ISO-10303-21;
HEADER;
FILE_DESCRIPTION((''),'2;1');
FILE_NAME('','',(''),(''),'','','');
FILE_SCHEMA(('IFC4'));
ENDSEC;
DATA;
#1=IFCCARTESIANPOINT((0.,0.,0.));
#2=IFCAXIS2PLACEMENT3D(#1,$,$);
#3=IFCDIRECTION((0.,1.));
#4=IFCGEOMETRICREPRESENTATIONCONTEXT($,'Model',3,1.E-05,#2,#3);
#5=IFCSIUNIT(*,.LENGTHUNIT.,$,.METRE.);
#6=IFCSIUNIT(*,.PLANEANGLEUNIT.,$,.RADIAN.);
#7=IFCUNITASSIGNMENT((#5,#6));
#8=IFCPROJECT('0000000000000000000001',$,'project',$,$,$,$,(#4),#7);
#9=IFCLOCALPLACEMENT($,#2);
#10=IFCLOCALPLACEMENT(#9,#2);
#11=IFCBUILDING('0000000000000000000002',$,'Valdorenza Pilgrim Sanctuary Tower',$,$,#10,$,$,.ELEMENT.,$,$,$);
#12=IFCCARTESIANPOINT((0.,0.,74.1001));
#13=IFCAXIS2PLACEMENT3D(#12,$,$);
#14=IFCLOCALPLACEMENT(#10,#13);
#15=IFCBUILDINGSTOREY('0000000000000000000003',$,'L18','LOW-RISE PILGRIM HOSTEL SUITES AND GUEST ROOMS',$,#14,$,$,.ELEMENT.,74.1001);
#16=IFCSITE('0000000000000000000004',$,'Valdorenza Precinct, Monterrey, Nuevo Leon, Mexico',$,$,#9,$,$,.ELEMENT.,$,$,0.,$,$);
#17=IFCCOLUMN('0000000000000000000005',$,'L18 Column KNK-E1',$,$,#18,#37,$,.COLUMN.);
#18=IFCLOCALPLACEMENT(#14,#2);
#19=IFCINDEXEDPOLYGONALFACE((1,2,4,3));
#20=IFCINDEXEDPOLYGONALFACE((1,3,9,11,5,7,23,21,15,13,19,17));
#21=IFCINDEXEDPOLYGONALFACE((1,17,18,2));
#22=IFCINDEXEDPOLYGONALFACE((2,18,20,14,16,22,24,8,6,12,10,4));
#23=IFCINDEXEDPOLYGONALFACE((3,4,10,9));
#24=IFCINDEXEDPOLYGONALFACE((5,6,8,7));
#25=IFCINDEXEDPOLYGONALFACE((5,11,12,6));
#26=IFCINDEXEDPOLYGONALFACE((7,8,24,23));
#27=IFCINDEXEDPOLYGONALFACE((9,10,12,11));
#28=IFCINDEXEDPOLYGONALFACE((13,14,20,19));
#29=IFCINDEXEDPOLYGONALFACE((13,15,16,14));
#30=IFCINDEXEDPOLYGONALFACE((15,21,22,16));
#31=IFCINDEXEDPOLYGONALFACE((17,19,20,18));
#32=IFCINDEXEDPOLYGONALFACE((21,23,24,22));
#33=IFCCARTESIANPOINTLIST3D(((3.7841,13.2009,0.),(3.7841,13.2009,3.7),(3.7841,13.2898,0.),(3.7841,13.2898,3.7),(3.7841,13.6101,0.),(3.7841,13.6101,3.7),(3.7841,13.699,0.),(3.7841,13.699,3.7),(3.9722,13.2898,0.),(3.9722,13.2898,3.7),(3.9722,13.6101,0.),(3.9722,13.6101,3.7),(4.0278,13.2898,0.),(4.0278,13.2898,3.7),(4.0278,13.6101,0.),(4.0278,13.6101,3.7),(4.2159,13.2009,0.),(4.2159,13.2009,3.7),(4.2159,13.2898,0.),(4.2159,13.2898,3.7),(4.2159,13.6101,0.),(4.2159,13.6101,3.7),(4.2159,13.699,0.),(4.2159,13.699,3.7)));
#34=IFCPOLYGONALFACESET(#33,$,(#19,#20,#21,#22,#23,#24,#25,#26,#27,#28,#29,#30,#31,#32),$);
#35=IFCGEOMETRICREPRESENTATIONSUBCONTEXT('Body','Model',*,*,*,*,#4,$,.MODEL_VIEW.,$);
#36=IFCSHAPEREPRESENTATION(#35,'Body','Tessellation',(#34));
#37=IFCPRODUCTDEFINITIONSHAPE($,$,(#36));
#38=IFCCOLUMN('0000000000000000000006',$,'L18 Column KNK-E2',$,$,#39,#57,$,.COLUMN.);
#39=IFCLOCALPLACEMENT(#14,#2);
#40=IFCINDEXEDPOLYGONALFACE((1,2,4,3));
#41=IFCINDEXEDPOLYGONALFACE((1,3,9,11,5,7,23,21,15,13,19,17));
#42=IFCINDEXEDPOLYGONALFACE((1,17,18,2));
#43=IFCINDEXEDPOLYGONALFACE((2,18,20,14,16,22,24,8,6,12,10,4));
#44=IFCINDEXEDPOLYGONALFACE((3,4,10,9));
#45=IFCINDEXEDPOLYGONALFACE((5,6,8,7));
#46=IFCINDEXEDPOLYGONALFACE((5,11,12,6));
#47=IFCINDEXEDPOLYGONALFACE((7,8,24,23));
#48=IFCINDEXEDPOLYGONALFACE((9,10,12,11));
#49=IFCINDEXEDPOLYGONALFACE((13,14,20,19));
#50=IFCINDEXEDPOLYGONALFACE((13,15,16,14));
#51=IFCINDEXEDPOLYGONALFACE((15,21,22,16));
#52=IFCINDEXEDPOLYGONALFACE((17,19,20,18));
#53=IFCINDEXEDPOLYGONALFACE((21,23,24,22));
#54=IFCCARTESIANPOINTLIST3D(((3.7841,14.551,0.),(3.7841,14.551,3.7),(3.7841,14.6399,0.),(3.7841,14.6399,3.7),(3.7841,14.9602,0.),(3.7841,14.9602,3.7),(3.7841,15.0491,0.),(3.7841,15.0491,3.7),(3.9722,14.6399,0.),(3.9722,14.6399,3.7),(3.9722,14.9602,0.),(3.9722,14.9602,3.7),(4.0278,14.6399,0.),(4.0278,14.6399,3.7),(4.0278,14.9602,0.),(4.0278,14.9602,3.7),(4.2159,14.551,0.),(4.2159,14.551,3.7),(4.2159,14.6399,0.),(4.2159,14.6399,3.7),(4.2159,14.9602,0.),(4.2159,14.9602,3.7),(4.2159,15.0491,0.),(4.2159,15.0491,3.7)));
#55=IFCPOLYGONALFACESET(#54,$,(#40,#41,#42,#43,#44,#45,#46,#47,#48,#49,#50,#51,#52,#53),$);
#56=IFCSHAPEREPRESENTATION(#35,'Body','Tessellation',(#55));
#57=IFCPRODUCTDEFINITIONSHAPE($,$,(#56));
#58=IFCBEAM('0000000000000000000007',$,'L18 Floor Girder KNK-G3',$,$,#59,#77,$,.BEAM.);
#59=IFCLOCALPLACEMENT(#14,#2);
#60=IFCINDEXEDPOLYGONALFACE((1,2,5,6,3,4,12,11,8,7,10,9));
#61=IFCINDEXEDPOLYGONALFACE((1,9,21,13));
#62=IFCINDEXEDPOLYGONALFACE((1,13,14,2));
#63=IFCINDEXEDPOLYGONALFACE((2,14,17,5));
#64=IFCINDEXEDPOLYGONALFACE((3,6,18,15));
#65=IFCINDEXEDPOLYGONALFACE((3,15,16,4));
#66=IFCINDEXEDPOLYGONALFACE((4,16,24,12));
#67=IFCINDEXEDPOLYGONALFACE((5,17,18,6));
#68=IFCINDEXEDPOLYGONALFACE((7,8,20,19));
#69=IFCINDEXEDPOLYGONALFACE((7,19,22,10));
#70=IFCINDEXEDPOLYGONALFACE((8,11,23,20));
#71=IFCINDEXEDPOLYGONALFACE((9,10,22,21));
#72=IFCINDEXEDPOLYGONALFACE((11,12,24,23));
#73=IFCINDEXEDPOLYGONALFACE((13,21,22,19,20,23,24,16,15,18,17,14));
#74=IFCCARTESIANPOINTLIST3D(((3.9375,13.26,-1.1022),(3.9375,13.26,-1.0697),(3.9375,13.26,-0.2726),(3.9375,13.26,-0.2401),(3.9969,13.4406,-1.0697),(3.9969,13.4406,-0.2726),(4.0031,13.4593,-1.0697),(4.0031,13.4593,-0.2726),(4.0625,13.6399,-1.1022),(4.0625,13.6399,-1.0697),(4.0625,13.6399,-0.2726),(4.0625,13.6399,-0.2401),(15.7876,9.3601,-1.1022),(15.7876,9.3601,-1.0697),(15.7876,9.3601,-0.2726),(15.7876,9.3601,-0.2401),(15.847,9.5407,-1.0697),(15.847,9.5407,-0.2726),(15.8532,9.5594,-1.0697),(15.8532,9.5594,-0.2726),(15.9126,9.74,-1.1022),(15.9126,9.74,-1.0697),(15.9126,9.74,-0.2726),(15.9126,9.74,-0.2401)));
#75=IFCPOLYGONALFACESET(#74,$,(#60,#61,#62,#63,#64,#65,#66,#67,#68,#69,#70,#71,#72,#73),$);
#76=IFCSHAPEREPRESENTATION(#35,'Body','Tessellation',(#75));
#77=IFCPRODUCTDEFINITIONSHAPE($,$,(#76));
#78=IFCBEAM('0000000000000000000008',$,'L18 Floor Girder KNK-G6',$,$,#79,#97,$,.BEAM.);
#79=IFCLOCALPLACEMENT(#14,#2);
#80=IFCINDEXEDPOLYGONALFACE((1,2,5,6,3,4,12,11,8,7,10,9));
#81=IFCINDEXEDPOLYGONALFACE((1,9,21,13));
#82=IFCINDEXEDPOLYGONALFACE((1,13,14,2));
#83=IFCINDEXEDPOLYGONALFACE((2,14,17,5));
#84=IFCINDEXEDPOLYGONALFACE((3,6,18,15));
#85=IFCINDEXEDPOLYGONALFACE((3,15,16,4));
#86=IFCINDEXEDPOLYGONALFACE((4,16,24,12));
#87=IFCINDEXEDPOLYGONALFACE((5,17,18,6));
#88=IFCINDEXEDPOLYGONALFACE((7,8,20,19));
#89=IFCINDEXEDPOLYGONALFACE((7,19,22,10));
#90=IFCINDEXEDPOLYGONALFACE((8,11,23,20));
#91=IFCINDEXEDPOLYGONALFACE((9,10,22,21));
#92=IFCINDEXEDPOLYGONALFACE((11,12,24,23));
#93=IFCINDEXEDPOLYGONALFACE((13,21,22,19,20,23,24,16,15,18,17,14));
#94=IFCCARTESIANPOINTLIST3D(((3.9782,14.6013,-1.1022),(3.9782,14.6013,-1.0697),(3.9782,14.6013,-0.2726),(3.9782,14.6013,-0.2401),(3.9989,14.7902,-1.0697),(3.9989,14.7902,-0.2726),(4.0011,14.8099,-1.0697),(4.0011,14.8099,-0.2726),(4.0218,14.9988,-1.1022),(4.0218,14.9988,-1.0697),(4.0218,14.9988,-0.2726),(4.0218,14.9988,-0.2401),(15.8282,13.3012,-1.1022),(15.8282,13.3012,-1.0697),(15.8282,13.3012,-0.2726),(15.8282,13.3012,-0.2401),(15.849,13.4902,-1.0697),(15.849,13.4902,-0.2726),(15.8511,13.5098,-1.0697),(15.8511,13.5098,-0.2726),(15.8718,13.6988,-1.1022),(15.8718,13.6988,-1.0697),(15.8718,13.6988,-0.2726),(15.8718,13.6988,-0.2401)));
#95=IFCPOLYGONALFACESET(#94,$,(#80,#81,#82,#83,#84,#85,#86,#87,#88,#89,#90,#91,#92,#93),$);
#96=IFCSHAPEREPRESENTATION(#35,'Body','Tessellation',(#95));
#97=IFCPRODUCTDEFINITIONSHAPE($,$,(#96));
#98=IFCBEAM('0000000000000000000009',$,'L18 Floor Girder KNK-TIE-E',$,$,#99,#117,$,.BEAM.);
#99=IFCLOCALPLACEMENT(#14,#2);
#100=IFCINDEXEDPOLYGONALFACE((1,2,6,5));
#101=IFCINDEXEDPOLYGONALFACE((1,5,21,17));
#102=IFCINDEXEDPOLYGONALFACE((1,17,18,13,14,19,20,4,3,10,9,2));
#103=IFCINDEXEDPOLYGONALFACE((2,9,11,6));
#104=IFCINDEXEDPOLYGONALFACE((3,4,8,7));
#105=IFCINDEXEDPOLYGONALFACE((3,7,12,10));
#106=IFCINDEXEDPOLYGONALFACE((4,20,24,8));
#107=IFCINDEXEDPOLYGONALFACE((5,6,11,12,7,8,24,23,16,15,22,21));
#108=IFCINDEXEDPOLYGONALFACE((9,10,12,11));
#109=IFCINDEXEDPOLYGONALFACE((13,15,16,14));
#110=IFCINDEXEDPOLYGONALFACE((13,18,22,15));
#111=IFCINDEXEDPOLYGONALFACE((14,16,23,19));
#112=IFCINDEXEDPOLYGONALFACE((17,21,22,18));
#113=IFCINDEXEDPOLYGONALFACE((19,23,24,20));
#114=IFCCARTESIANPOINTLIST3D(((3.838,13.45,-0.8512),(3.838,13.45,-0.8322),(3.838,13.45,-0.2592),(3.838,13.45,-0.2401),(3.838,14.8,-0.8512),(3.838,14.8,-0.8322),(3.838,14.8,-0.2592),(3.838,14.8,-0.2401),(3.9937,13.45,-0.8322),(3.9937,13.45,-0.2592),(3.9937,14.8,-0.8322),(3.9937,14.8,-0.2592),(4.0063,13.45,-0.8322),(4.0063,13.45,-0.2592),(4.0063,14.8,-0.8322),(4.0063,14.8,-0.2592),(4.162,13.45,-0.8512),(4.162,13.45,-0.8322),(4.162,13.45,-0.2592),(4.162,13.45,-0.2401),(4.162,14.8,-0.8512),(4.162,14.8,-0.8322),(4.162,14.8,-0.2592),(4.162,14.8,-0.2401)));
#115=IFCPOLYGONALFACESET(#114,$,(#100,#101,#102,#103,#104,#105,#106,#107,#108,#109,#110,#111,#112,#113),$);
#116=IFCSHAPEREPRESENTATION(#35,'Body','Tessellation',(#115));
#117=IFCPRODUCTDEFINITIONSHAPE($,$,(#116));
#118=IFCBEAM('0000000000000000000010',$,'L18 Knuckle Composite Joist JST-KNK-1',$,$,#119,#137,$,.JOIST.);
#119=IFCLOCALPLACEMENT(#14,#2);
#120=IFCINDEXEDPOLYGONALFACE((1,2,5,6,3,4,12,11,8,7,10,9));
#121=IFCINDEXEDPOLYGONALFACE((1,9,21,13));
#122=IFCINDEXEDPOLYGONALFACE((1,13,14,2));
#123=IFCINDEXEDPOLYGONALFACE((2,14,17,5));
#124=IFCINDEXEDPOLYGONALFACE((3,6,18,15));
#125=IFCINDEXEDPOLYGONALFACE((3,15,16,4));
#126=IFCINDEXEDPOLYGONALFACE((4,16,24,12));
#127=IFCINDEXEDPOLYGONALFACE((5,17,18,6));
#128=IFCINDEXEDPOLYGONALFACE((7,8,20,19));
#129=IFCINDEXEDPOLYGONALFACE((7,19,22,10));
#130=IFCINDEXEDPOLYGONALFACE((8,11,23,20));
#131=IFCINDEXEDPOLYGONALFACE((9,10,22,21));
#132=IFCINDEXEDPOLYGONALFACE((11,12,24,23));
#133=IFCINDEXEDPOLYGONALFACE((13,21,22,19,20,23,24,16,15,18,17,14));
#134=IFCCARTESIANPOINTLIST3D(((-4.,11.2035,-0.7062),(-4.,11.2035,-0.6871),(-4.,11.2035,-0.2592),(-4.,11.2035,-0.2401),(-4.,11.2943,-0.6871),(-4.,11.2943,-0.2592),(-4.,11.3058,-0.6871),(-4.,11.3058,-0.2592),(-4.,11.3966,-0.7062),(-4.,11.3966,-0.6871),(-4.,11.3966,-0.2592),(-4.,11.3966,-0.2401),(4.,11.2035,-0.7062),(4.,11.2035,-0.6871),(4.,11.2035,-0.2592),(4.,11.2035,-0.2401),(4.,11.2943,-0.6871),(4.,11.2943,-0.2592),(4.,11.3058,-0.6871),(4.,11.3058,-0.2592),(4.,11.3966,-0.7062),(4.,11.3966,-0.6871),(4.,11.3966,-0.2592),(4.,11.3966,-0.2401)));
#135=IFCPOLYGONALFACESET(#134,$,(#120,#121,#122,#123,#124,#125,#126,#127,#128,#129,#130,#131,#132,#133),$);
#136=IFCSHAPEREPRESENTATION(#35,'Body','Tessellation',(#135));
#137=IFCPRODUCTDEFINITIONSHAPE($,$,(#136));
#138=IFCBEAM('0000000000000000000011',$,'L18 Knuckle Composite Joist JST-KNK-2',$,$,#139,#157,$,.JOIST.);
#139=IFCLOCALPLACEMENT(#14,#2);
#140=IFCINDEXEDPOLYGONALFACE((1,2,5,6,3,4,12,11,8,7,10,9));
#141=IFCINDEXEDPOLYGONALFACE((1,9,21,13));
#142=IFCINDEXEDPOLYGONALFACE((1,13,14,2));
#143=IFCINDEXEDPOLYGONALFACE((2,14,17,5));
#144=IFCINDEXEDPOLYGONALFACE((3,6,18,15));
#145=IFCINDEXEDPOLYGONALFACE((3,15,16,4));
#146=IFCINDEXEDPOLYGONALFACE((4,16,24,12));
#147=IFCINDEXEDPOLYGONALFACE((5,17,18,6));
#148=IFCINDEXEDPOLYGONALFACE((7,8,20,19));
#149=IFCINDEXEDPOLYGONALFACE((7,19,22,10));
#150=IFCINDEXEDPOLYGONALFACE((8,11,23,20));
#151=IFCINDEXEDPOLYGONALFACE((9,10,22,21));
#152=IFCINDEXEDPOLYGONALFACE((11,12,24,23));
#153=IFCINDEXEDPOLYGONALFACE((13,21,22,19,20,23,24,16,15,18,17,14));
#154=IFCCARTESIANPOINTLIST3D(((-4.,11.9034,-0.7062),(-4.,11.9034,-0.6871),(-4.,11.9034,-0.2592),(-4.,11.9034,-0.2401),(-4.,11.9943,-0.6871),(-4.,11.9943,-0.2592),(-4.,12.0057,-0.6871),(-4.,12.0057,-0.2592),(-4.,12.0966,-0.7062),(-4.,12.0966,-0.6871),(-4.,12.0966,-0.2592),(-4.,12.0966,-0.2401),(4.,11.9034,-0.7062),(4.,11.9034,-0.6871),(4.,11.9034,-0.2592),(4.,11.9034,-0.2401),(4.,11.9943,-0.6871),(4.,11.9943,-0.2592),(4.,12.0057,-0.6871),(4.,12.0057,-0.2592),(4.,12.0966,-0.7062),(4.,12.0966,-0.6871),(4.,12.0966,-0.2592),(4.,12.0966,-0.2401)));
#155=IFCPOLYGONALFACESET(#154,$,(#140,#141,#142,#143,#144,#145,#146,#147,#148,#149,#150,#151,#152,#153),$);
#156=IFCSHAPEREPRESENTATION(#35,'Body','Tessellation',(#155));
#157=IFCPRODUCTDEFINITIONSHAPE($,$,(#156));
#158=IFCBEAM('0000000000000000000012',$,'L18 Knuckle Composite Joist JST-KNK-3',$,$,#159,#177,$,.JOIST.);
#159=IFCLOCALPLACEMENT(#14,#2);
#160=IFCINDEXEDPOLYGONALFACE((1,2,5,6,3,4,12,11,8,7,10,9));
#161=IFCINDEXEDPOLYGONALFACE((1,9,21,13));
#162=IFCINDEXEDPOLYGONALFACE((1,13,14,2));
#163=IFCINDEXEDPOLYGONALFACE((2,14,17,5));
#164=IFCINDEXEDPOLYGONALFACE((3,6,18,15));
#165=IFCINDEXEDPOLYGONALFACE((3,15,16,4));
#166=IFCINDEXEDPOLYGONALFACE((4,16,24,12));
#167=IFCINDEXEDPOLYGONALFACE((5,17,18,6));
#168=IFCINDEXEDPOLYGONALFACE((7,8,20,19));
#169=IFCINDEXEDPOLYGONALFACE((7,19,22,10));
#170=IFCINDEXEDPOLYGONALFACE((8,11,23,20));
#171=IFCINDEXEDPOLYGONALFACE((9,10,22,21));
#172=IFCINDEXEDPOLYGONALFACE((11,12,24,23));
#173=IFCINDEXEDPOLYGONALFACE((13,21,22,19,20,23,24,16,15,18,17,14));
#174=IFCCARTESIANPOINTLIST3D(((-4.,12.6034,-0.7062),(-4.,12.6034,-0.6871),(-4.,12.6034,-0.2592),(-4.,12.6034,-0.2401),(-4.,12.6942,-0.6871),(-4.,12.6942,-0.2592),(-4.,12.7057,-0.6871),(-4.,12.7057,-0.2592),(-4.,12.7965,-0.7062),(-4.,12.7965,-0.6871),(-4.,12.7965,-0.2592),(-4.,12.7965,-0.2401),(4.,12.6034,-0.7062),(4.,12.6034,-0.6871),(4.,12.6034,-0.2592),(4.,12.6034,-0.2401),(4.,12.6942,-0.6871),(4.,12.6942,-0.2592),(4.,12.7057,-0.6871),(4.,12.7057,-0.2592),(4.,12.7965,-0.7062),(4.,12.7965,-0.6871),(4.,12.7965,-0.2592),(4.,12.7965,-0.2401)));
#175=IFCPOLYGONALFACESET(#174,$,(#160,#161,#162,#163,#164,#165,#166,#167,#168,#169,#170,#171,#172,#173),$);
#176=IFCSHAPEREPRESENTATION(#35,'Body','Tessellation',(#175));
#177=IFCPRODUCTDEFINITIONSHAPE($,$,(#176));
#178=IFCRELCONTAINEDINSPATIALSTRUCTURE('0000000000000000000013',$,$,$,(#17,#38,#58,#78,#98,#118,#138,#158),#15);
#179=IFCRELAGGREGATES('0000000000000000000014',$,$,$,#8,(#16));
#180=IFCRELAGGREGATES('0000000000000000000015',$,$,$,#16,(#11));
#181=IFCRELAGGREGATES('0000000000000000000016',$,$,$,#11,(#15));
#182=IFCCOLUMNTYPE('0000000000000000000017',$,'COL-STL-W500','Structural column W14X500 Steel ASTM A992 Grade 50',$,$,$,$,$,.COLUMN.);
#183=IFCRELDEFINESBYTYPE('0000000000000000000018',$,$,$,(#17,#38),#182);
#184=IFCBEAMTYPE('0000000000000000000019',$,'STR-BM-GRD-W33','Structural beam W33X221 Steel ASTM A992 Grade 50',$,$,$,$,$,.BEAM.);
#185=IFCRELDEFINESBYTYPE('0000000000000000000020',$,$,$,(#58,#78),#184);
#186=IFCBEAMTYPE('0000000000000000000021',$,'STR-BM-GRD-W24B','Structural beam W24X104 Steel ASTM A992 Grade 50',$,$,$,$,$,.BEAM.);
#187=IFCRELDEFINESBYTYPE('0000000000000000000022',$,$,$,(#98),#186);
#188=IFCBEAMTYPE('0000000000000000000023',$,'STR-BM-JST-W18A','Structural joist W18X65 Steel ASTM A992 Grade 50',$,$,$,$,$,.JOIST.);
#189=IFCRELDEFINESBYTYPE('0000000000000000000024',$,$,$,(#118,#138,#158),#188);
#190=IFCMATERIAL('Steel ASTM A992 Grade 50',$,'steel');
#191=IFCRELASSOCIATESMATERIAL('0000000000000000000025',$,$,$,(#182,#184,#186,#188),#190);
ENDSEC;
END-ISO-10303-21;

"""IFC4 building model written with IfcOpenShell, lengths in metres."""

from ifc_helpers import new_model, si_unit, direction, frame, origin, origin_2d, place, context, subcontext, project, spatial, i_section, extrude, source, transform, mapped, material, material_profile, profile_set, type_object, element, save


model = new_model("IFC4")

# Units and contexts
model_context = context("Model", 3, precision=1e-05, world=origin(), true_north=direction((0.0, 1.0)))
body_context = subcontext(model_context, "Body", "Model", "MODEL_VIEW")
ifc_project = project(units=[si_unit("LENGTHUNIT", "METRE"), si_unit("PLANEANGLEUNIT", "RADIAN")], contexts=[model_context])

# Site, building, storey
site_placement = place(None, origin())
site = spatial("IfcSite", under=ifc_project, at=site_placement, Name="Valdorenza Precinct, Monterrey, Nuevo Leon, Mexico", CompositionType="ELEMENT", RefElevation=0.0)
building_placement = place(site_placement, origin())
building = spatial("IfcBuilding", under=site, at=building_placement, Name="Valdorenza Pilgrim Sanctuary Tower", CompositionType="ELEMENT")
storey_placement = place(building_placement, frame((0.0, 0.0, 74.1001)))
storey = spatial("IfcBuildingStorey", under=building, at=storey_placement, Name="L18", Description="LOW-RISE PILGRIM HOSTEL SUITES AND GUEST ROOMS", CompositionType="ELEMENT", Elevation=74.1001)

# Columns
ifc_material_1 = material(Name="Steel ASTM A992 Grade 50", Category="steel")
ifc_material_profile_1 = material_profile(ifc_material_1, i_section(OverallWidth=0.4319, OverallDepth=0.498, WebThickness=0.0557, FlangeThickness=0.0889, at=origin_2d()), Name="W14X500")
ifc_profile_set_1 = profile_set([ifc_material_profile_1], Name="Steel ASTM A992 Grade 50")
column_type = type_object("IfcColumnType", Name="COL-STL-W500", Description="Structural column W14X500 Steel ASTM A992 Grade 50", PredefinedType="COLUMN", material=ifc_profile_set_1)
shared_shape_1 = source(origin(), body_context, "Body", "SweptSolid", [
    extrude(i_section(OverallWidth=0.4319, OverallDepth=0.498, WebThickness=0.0557, FlangeThickness=0.0889, at=origin_2d()), origin(), (0.0, 0.0, 1.0), 3.7),
])
for number, where, z_axis, x_axis, name in (
    (1, (4.0, 13.45, 0.0), (0.0, 0.0, 1.0), (1.0, 0.0, 0.0), "L18 Column KNK-E1"),
    (2, (4.0, 14.8, 0.0), (0.0, 0.0, 1.0), (1.0, 0.0, 0.0), "L18 Column KNK-E2"),
):
    element("IfcColumn", number, at=place(storey_placement, frame(where, z_axis=z_axis, x_axis=x_axis)), inside=storey, type_object=column_type, Name=name, PredefinedType="COLUMN", context=body_context, shape_type="MappedRepresentation", body=[
        mapped(shared_shape_1, transform((0.0, 0.0, 0.0), x_axis=(1.0, 0.0, 0.0), y_axis=(0.0, 1.0, 0.0), z_axis=(0.0, 0.0, 1.0), scale=1.0)),
    ])

# Beams
ifc_material_profile_2 = material_profile(ifc_material_1, i_section(OverallWidth=0.3999, OverallDepth=0.8621, WebThickness=0.0198, FlangeThickness=0.0325, at=origin_2d()), Name="W33X221")
ifc_profile_set_2 = profile_set([ifc_material_profile_2], Name="Steel ASTM A992 Grade 50")
beam_type_1 = type_object("IfcBeamType", Name="STR-BM-GRD-W33", Description="Structural beam W33X221 Steel ASTM A992 Grade 50", PredefinedType="BEAM", material=ifc_profile_set_2)
shared_shape_2 = source(origin(), body_context, "Body", "SweptSolid", [
    extrude(i_section(OverallWidth=0.3999, OverallDepth=0.8621, WebThickness=0.0198, FlangeThickness=0.0325, at=origin_2d()), origin(), (0.0, 0.0, 1.0), 12.4753),
])
beam_1_placement = place(storey_placement, frame((4.0, 13.45, -0.6711), z_axis=(0.949882, -0.312609, 0.0), x_axis=(0.312609, 0.949882, 0.0)))
element("IfcBeam", 3, at=beam_1_placement, inside=storey, type_object=beam_type_1, Name="L18 Floor Girder KNK-G3", PredefinedType="BEAM", context=body_context, shape_type="MappedRepresentation", body=[
    mapped(shared_shape_2, transform((0.0, 0.0, 0.0), x_axis=(1.0, 0.0, 0.0), y_axis=(0.0, 1.0, 0.0), z_axis=(0.0, 0.0, 1.0), scale=1.0)),
])
shared_shape_3 = source(origin(), body_context, "Body", "SweptSolid", [
    extrude(i_section(OverallWidth=0.3999, OverallDepth=0.8621, WebThickness=0.0198, FlangeThickness=0.0325, at=origin_2d()), origin(), (0.0, 0.0, 1.0), 11.9211),
])
beam_2_placement = place(storey_placement, frame((4.0, 14.8, -0.6711), z_axis=(0.994036, -0.109054, 0.0), x_axis=(0.109054, 0.994036, 0.0)))
element("IfcBeam", 4, at=beam_2_placement, inside=storey, type_object=beam_type_1, Name="L18 Floor Girder KNK-G6", PredefinedType="BEAM", context=body_context, shape_type="MappedRepresentation", body=[
    mapped(shared_shape_3, transform((0.0, 0.0, 0.0), x_axis=(1.0, 0.0, 0.0), y_axis=(0.0, 1.0, 0.0), z_axis=(0.0, 0.0, 1.0), scale=1.0)),
])
ifc_material_profile_3 = material_profile(ifc_material_1, i_section(OverallWidth=0.324, OverallDepth=0.6111, WebThickness=0.0127, FlangeThickness=0.019, at=origin_2d()), Name="W24X104")
ifc_profile_set_3 = profile_set([ifc_material_profile_3], Name="Steel ASTM A992 Grade 50")
beam_type_2 = type_object("IfcBeamType", Name="STR-BM-GRD-W24B", Description="Structural beam W24X104 Steel ASTM A992 Grade 50", PredefinedType="BEAM", material=ifc_profile_set_3)
shared_shape_4 = source(origin(), body_context, "Body", "SweptSolid", [
    extrude(i_section(OverallWidth=0.324, OverallDepth=0.6111, WebThickness=0.0127, FlangeThickness=0.019, at=origin_2d()), origin(), (0.0, 0.0, 1.0), 1.3501),
])
beam_3_placement = place(storey_placement, frame((4.0, 13.45, -0.5457), z_axis=(0.0, 1.0, 0.0), x_axis=(-1.0, 0.0, 0.0)))
element("IfcBeam", 5, at=beam_3_placement, inside=storey, type_object=beam_type_2, Name="L18 Floor Girder KNK-TIE-E", PredefinedType="BEAM", context=body_context, shape_type="MappedRepresentation", body=[
    mapped(shared_shape_4, transform((0.0, 0.0, 0.0), x_axis=(1.0, 0.0, 0.0), y_axis=(0.0, 1.0, 0.0), z_axis=(0.0, 0.0, 1.0), scale=1.0)),
])
ifc_material_profile_4 = material_profile(ifc_material_1, i_section(OverallWidth=0.1931, OverallDepth=0.4661, WebThickness=0.0115, FlangeThickness=0.019, at=origin_2d()), Name="W18X65")
ifc_profile_set_4 = profile_set([ifc_material_profile_4], Name="Steel ASTM A992 Grade 50")
beam_type_3 = type_object("IfcBeamType", Name="STR-BM-JST-W18A", Description="Structural joist W18X65 Steel ASTM A992 Grade 50", PredefinedType="JOIST", material=ifc_profile_set_4)
shared_shape_5 = source(origin(), body_context, "Body", "SweptSolid", [
    extrude(i_section(OverallWidth=0.1931, OverallDepth=0.4661, WebThickness=0.0115, FlangeThickness=0.019, at=origin_2d()), origin(), (0.0, 0.0, 1.0), 8.0),
])
for number, where, z_axis, x_axis, name in (
    (6, (-4.0, 11.3, -0.4731), (1.0, 0.0, 0.0), (0.0, 1.0, 0.0), "L18 Knuckle Composite Joist JST-KNK-1"),
    (7, (-4.0, 12.0, -0.4731), (1.0, 0.0, 0.0), (0.0, 1.0, 0.0), "L18 Knuckle Composite Joist JST-KNK-2"),
    (8, (-4.0, 12.7, -0.4731), (1.0, 0.0, 0.0), (0.0, 1.0, 0.0), "L18 Knuckle Composite Joist JST-KNK-3"),
):
    element("IfcBeam", number, at=place(storey_placement, frame(where, z_axis=z_axis, x_axis=x_axis)), inside=storey, type_object=beam_type_3, Name=name, PredefinedType="JOIST", context=body_context, shape_type="MappedRepresentation", body=[
        mapped(shared_shape_5, transform((0.0, 0.0, 0.0), x_axis=(1.0, 0.0, 0.0), y_axis=(0.0, 1.0, 0.0), z_axis=(0.0, 0.0, 1.0), scale=1.0)),
    ])

save(model, "model.ifc")
